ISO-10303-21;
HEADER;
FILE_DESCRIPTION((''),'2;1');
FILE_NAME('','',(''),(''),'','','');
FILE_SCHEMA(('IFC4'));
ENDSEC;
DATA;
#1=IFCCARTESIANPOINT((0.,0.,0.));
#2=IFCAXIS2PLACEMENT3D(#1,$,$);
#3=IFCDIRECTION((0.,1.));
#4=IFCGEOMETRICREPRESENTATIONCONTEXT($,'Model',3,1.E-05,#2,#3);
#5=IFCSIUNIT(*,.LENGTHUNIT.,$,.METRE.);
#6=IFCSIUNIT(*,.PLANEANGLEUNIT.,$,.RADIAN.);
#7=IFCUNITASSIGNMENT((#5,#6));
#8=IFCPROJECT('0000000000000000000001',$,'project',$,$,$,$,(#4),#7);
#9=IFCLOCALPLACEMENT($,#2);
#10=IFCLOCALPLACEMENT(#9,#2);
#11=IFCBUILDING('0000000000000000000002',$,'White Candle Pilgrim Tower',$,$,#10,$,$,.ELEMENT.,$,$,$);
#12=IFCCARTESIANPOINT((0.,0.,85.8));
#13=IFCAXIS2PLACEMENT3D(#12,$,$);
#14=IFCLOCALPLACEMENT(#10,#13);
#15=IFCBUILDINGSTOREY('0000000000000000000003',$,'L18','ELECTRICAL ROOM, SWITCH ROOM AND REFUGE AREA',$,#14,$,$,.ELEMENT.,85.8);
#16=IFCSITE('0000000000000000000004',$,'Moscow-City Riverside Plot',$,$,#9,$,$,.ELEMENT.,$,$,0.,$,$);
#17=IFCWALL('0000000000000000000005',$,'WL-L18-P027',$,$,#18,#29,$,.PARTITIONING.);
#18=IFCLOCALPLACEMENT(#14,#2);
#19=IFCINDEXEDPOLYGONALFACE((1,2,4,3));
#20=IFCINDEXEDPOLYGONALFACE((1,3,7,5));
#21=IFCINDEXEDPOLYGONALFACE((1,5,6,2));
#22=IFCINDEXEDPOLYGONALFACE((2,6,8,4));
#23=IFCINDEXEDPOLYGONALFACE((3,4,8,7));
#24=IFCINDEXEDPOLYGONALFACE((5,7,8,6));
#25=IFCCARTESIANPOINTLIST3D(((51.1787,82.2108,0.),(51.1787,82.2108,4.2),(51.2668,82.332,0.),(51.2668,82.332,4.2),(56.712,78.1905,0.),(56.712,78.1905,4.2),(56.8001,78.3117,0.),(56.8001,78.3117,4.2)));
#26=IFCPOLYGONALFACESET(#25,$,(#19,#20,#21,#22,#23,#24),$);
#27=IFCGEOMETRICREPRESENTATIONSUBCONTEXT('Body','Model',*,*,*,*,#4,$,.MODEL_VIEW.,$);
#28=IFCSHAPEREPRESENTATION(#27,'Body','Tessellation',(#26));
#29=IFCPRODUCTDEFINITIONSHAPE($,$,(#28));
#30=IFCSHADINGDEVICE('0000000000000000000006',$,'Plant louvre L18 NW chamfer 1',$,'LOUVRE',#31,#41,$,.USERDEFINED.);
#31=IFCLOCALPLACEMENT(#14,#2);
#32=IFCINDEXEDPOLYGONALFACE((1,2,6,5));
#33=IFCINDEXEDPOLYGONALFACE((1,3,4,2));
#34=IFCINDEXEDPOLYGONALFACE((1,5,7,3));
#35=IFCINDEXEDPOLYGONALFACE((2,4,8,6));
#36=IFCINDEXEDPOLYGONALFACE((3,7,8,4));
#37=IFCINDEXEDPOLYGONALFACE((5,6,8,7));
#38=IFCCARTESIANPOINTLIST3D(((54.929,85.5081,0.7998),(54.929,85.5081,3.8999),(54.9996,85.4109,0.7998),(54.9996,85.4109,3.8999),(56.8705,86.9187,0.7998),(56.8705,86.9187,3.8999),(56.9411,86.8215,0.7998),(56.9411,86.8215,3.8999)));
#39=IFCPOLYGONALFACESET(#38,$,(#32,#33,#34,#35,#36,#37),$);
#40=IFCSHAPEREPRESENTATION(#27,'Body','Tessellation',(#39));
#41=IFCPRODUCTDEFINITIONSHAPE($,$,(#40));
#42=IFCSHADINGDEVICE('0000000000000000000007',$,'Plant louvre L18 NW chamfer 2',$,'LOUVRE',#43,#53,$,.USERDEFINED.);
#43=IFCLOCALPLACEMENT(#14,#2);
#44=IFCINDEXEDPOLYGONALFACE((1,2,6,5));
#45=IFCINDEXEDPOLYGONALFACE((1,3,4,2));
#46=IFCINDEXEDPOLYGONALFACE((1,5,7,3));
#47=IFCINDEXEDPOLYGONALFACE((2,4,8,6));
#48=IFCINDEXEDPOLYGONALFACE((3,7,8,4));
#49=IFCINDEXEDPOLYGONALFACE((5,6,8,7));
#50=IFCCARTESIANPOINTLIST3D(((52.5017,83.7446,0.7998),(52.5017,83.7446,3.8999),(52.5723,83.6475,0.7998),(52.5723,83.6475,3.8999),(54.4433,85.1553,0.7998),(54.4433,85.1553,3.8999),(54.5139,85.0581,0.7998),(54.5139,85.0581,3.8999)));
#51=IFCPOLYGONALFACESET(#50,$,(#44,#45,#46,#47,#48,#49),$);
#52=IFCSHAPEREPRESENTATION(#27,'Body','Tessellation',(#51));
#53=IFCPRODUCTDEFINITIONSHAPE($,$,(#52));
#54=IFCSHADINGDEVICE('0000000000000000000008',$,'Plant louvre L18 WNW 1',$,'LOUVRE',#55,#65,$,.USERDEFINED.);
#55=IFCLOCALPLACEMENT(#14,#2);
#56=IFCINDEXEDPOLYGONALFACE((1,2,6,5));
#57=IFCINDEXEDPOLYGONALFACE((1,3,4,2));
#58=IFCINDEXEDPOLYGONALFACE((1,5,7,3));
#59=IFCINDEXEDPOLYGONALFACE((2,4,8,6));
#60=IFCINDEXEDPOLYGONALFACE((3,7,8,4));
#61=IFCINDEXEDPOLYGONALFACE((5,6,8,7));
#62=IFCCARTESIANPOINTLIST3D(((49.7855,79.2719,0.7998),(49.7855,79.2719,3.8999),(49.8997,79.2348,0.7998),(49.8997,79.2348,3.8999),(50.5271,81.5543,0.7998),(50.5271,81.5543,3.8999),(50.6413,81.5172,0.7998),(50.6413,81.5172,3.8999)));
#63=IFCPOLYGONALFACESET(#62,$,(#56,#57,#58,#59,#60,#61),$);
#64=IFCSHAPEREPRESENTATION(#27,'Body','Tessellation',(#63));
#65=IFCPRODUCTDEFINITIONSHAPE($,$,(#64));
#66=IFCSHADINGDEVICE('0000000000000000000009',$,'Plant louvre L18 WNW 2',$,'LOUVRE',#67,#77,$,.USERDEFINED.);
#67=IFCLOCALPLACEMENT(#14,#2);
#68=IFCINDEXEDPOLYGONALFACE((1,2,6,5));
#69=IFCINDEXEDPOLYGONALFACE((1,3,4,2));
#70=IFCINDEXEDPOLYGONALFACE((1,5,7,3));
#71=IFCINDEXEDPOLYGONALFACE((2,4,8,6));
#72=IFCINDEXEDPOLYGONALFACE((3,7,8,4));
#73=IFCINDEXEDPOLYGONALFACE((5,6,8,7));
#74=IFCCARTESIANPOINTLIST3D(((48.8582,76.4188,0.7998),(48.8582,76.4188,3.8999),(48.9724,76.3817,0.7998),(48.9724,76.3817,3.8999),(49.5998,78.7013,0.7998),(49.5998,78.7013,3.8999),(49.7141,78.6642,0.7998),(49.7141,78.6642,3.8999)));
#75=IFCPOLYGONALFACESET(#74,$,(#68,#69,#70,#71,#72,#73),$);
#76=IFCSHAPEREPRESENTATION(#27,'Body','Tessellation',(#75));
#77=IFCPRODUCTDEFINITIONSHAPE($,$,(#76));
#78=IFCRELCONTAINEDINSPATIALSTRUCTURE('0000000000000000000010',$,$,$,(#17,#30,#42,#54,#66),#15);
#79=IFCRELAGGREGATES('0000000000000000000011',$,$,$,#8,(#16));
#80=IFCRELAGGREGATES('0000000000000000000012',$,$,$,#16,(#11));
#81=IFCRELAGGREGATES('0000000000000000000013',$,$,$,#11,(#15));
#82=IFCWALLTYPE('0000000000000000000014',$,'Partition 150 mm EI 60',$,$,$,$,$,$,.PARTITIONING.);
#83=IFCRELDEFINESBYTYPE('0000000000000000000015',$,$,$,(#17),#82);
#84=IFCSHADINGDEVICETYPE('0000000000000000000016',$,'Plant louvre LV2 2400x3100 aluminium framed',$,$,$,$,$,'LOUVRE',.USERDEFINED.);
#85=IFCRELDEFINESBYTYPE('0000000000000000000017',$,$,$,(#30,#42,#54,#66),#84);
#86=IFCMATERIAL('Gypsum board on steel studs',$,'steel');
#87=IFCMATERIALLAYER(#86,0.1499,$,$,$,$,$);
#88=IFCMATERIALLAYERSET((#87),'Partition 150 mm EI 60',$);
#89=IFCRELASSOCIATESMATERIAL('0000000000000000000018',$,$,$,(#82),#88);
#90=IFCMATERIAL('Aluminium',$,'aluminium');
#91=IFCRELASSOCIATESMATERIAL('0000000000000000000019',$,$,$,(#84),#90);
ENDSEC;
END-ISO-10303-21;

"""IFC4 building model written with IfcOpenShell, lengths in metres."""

from ifc_helpers import new_model, si_unit, direction, frame, frame_2d, origin, origin_2d, place, context, subcontext, project, spatial, rectangle, extrude, material, layer, layer_set, type_object, element, save


model = new_model("IFC4")

# Units and contexts
model_context = context("Model", 3, precision=1e-05, world=origin(), true_north=direction((0.0, 1.0)))
body_context = subcontext(model_context, "Body", "Model", "MODEL_VIEW")
ifc_project = project(units=[si_unit("LENGTHUNIT", "METRE"), si_unit("PLANEANGLEUNIT", "RADIAN")], contexts=[model_context])

# Site, building, storey
site_placement = place(None, origin())
site = spatial("IfcSite", under=ifc_project, at=site_placement, Name="Moscow-City Riverside Plot", CompositionType="ELEMENT", RefElevation=0.0)
building_placement = place(site_placement, origin())
building = spatial("IfcBuilding", under=site, at=building_placement, Name="White Candle Pilgrim Tower", CompositionType="ELEMENT")
storey_placement = place(building_placement, frame((0.0, 0.0, 85.8)))
storey = spatial("IfcBuildingStorey", under=building, at=storey_placement, Name="L18", Description="ELECTRICAL ROOM, SWITCH ROOM AND REFUGE AREA", CompositionType="ELEMENT", Elevation=85.8)

# Wall
ifc_material_1 = material(Name="Gypsum board on steel studs", Category="steel")
ifc_layer_1 = layer(ifc_material_1, 0.1499)
ifc_layer_set_1 = layer_set([ifc_layer_1], Name="Partition 150 mm EI 60")
wall_type_1 = type_object("IfcWallType", Name="Partition 150 mm EI 60", PredefinedType="PARTITIONING", material=ifc_layer_set_1)
wall_1_placement = place(storey_placement, frame((51.2227, 82.2715, 0.0), z_axis=(0.0, 0.0, 1.0), x_axis=(0.809006, -0.5878, 0.0)))
element("IfcWall", 1, at=wall_1_placement, inside=storey, type_object=wall_type_1, Name="WL-L18-P027", PredefinedType="PARTITIONING", context=body_context, shape_type="SweptSolid", body=[
    extrude(rectangle(XDim=6.8396, YDim=0.1499, at=frame_2d((3.4199, 0.0))), origin(), (0.0, 0.0, 1.0), 4.2),
])

# Shading devices
ifc_material_2 = material(Name="Aluminium", Category="aluminium")
shading_device_type = type_object("IfcShadingDeviceType", Name="Plant louvre LV2 2400x3100 aluminium framed", ElementType="LOUVRE", PredefinedType="USERDEFINED", material=ifc_material_2)
for number, where, z_axis, x_axis, name in (
    (2, (55.9351, 86.1648, 0.7998), (0.0, 0.0, 1.0), (-0.809017, -0.587785, 0.0), "Plant louvre L18 NW chamfer 1"),
    (3, (53.5078, 84.4014, 0.7998), (0.0, 0.0, 1.0), (-0.809017, -0.587785, 0.0), "Plant louvre L18 NW chamfer 2"),
    (4, (50.2134, 80.3945, 0.7998), (0.0, 0.0, 1.0), (-0.309017, -0.951057, 0.0), "Plant louvre L18 WNW 1"),
    (5, (49.2861, 77.5415, 0.7998), (0.0, 0.0, 1.0), (-0.309017, -0.951057, 0.0), "Plant louvre L18 WNW 2"),
):
    element("IfcShadingDevice", number, at=place(storey_placement, frame(where, z_axis=z_axis, x_axis=x_axis)), inside=storey, type_object=shading_device_type, Name=name, ObjectType="LOUVRE", PredefinedType="USERDEFINED", context=body_context, shape_type="SweptSolid", body=[
        extrude(rectangle(XDim=2.3999, YDim=0.1201, at=origin_2d()), origin(), (0.0, 0.0, 1.0), 3.1001),
    ])

save(model, "model.ifc")
